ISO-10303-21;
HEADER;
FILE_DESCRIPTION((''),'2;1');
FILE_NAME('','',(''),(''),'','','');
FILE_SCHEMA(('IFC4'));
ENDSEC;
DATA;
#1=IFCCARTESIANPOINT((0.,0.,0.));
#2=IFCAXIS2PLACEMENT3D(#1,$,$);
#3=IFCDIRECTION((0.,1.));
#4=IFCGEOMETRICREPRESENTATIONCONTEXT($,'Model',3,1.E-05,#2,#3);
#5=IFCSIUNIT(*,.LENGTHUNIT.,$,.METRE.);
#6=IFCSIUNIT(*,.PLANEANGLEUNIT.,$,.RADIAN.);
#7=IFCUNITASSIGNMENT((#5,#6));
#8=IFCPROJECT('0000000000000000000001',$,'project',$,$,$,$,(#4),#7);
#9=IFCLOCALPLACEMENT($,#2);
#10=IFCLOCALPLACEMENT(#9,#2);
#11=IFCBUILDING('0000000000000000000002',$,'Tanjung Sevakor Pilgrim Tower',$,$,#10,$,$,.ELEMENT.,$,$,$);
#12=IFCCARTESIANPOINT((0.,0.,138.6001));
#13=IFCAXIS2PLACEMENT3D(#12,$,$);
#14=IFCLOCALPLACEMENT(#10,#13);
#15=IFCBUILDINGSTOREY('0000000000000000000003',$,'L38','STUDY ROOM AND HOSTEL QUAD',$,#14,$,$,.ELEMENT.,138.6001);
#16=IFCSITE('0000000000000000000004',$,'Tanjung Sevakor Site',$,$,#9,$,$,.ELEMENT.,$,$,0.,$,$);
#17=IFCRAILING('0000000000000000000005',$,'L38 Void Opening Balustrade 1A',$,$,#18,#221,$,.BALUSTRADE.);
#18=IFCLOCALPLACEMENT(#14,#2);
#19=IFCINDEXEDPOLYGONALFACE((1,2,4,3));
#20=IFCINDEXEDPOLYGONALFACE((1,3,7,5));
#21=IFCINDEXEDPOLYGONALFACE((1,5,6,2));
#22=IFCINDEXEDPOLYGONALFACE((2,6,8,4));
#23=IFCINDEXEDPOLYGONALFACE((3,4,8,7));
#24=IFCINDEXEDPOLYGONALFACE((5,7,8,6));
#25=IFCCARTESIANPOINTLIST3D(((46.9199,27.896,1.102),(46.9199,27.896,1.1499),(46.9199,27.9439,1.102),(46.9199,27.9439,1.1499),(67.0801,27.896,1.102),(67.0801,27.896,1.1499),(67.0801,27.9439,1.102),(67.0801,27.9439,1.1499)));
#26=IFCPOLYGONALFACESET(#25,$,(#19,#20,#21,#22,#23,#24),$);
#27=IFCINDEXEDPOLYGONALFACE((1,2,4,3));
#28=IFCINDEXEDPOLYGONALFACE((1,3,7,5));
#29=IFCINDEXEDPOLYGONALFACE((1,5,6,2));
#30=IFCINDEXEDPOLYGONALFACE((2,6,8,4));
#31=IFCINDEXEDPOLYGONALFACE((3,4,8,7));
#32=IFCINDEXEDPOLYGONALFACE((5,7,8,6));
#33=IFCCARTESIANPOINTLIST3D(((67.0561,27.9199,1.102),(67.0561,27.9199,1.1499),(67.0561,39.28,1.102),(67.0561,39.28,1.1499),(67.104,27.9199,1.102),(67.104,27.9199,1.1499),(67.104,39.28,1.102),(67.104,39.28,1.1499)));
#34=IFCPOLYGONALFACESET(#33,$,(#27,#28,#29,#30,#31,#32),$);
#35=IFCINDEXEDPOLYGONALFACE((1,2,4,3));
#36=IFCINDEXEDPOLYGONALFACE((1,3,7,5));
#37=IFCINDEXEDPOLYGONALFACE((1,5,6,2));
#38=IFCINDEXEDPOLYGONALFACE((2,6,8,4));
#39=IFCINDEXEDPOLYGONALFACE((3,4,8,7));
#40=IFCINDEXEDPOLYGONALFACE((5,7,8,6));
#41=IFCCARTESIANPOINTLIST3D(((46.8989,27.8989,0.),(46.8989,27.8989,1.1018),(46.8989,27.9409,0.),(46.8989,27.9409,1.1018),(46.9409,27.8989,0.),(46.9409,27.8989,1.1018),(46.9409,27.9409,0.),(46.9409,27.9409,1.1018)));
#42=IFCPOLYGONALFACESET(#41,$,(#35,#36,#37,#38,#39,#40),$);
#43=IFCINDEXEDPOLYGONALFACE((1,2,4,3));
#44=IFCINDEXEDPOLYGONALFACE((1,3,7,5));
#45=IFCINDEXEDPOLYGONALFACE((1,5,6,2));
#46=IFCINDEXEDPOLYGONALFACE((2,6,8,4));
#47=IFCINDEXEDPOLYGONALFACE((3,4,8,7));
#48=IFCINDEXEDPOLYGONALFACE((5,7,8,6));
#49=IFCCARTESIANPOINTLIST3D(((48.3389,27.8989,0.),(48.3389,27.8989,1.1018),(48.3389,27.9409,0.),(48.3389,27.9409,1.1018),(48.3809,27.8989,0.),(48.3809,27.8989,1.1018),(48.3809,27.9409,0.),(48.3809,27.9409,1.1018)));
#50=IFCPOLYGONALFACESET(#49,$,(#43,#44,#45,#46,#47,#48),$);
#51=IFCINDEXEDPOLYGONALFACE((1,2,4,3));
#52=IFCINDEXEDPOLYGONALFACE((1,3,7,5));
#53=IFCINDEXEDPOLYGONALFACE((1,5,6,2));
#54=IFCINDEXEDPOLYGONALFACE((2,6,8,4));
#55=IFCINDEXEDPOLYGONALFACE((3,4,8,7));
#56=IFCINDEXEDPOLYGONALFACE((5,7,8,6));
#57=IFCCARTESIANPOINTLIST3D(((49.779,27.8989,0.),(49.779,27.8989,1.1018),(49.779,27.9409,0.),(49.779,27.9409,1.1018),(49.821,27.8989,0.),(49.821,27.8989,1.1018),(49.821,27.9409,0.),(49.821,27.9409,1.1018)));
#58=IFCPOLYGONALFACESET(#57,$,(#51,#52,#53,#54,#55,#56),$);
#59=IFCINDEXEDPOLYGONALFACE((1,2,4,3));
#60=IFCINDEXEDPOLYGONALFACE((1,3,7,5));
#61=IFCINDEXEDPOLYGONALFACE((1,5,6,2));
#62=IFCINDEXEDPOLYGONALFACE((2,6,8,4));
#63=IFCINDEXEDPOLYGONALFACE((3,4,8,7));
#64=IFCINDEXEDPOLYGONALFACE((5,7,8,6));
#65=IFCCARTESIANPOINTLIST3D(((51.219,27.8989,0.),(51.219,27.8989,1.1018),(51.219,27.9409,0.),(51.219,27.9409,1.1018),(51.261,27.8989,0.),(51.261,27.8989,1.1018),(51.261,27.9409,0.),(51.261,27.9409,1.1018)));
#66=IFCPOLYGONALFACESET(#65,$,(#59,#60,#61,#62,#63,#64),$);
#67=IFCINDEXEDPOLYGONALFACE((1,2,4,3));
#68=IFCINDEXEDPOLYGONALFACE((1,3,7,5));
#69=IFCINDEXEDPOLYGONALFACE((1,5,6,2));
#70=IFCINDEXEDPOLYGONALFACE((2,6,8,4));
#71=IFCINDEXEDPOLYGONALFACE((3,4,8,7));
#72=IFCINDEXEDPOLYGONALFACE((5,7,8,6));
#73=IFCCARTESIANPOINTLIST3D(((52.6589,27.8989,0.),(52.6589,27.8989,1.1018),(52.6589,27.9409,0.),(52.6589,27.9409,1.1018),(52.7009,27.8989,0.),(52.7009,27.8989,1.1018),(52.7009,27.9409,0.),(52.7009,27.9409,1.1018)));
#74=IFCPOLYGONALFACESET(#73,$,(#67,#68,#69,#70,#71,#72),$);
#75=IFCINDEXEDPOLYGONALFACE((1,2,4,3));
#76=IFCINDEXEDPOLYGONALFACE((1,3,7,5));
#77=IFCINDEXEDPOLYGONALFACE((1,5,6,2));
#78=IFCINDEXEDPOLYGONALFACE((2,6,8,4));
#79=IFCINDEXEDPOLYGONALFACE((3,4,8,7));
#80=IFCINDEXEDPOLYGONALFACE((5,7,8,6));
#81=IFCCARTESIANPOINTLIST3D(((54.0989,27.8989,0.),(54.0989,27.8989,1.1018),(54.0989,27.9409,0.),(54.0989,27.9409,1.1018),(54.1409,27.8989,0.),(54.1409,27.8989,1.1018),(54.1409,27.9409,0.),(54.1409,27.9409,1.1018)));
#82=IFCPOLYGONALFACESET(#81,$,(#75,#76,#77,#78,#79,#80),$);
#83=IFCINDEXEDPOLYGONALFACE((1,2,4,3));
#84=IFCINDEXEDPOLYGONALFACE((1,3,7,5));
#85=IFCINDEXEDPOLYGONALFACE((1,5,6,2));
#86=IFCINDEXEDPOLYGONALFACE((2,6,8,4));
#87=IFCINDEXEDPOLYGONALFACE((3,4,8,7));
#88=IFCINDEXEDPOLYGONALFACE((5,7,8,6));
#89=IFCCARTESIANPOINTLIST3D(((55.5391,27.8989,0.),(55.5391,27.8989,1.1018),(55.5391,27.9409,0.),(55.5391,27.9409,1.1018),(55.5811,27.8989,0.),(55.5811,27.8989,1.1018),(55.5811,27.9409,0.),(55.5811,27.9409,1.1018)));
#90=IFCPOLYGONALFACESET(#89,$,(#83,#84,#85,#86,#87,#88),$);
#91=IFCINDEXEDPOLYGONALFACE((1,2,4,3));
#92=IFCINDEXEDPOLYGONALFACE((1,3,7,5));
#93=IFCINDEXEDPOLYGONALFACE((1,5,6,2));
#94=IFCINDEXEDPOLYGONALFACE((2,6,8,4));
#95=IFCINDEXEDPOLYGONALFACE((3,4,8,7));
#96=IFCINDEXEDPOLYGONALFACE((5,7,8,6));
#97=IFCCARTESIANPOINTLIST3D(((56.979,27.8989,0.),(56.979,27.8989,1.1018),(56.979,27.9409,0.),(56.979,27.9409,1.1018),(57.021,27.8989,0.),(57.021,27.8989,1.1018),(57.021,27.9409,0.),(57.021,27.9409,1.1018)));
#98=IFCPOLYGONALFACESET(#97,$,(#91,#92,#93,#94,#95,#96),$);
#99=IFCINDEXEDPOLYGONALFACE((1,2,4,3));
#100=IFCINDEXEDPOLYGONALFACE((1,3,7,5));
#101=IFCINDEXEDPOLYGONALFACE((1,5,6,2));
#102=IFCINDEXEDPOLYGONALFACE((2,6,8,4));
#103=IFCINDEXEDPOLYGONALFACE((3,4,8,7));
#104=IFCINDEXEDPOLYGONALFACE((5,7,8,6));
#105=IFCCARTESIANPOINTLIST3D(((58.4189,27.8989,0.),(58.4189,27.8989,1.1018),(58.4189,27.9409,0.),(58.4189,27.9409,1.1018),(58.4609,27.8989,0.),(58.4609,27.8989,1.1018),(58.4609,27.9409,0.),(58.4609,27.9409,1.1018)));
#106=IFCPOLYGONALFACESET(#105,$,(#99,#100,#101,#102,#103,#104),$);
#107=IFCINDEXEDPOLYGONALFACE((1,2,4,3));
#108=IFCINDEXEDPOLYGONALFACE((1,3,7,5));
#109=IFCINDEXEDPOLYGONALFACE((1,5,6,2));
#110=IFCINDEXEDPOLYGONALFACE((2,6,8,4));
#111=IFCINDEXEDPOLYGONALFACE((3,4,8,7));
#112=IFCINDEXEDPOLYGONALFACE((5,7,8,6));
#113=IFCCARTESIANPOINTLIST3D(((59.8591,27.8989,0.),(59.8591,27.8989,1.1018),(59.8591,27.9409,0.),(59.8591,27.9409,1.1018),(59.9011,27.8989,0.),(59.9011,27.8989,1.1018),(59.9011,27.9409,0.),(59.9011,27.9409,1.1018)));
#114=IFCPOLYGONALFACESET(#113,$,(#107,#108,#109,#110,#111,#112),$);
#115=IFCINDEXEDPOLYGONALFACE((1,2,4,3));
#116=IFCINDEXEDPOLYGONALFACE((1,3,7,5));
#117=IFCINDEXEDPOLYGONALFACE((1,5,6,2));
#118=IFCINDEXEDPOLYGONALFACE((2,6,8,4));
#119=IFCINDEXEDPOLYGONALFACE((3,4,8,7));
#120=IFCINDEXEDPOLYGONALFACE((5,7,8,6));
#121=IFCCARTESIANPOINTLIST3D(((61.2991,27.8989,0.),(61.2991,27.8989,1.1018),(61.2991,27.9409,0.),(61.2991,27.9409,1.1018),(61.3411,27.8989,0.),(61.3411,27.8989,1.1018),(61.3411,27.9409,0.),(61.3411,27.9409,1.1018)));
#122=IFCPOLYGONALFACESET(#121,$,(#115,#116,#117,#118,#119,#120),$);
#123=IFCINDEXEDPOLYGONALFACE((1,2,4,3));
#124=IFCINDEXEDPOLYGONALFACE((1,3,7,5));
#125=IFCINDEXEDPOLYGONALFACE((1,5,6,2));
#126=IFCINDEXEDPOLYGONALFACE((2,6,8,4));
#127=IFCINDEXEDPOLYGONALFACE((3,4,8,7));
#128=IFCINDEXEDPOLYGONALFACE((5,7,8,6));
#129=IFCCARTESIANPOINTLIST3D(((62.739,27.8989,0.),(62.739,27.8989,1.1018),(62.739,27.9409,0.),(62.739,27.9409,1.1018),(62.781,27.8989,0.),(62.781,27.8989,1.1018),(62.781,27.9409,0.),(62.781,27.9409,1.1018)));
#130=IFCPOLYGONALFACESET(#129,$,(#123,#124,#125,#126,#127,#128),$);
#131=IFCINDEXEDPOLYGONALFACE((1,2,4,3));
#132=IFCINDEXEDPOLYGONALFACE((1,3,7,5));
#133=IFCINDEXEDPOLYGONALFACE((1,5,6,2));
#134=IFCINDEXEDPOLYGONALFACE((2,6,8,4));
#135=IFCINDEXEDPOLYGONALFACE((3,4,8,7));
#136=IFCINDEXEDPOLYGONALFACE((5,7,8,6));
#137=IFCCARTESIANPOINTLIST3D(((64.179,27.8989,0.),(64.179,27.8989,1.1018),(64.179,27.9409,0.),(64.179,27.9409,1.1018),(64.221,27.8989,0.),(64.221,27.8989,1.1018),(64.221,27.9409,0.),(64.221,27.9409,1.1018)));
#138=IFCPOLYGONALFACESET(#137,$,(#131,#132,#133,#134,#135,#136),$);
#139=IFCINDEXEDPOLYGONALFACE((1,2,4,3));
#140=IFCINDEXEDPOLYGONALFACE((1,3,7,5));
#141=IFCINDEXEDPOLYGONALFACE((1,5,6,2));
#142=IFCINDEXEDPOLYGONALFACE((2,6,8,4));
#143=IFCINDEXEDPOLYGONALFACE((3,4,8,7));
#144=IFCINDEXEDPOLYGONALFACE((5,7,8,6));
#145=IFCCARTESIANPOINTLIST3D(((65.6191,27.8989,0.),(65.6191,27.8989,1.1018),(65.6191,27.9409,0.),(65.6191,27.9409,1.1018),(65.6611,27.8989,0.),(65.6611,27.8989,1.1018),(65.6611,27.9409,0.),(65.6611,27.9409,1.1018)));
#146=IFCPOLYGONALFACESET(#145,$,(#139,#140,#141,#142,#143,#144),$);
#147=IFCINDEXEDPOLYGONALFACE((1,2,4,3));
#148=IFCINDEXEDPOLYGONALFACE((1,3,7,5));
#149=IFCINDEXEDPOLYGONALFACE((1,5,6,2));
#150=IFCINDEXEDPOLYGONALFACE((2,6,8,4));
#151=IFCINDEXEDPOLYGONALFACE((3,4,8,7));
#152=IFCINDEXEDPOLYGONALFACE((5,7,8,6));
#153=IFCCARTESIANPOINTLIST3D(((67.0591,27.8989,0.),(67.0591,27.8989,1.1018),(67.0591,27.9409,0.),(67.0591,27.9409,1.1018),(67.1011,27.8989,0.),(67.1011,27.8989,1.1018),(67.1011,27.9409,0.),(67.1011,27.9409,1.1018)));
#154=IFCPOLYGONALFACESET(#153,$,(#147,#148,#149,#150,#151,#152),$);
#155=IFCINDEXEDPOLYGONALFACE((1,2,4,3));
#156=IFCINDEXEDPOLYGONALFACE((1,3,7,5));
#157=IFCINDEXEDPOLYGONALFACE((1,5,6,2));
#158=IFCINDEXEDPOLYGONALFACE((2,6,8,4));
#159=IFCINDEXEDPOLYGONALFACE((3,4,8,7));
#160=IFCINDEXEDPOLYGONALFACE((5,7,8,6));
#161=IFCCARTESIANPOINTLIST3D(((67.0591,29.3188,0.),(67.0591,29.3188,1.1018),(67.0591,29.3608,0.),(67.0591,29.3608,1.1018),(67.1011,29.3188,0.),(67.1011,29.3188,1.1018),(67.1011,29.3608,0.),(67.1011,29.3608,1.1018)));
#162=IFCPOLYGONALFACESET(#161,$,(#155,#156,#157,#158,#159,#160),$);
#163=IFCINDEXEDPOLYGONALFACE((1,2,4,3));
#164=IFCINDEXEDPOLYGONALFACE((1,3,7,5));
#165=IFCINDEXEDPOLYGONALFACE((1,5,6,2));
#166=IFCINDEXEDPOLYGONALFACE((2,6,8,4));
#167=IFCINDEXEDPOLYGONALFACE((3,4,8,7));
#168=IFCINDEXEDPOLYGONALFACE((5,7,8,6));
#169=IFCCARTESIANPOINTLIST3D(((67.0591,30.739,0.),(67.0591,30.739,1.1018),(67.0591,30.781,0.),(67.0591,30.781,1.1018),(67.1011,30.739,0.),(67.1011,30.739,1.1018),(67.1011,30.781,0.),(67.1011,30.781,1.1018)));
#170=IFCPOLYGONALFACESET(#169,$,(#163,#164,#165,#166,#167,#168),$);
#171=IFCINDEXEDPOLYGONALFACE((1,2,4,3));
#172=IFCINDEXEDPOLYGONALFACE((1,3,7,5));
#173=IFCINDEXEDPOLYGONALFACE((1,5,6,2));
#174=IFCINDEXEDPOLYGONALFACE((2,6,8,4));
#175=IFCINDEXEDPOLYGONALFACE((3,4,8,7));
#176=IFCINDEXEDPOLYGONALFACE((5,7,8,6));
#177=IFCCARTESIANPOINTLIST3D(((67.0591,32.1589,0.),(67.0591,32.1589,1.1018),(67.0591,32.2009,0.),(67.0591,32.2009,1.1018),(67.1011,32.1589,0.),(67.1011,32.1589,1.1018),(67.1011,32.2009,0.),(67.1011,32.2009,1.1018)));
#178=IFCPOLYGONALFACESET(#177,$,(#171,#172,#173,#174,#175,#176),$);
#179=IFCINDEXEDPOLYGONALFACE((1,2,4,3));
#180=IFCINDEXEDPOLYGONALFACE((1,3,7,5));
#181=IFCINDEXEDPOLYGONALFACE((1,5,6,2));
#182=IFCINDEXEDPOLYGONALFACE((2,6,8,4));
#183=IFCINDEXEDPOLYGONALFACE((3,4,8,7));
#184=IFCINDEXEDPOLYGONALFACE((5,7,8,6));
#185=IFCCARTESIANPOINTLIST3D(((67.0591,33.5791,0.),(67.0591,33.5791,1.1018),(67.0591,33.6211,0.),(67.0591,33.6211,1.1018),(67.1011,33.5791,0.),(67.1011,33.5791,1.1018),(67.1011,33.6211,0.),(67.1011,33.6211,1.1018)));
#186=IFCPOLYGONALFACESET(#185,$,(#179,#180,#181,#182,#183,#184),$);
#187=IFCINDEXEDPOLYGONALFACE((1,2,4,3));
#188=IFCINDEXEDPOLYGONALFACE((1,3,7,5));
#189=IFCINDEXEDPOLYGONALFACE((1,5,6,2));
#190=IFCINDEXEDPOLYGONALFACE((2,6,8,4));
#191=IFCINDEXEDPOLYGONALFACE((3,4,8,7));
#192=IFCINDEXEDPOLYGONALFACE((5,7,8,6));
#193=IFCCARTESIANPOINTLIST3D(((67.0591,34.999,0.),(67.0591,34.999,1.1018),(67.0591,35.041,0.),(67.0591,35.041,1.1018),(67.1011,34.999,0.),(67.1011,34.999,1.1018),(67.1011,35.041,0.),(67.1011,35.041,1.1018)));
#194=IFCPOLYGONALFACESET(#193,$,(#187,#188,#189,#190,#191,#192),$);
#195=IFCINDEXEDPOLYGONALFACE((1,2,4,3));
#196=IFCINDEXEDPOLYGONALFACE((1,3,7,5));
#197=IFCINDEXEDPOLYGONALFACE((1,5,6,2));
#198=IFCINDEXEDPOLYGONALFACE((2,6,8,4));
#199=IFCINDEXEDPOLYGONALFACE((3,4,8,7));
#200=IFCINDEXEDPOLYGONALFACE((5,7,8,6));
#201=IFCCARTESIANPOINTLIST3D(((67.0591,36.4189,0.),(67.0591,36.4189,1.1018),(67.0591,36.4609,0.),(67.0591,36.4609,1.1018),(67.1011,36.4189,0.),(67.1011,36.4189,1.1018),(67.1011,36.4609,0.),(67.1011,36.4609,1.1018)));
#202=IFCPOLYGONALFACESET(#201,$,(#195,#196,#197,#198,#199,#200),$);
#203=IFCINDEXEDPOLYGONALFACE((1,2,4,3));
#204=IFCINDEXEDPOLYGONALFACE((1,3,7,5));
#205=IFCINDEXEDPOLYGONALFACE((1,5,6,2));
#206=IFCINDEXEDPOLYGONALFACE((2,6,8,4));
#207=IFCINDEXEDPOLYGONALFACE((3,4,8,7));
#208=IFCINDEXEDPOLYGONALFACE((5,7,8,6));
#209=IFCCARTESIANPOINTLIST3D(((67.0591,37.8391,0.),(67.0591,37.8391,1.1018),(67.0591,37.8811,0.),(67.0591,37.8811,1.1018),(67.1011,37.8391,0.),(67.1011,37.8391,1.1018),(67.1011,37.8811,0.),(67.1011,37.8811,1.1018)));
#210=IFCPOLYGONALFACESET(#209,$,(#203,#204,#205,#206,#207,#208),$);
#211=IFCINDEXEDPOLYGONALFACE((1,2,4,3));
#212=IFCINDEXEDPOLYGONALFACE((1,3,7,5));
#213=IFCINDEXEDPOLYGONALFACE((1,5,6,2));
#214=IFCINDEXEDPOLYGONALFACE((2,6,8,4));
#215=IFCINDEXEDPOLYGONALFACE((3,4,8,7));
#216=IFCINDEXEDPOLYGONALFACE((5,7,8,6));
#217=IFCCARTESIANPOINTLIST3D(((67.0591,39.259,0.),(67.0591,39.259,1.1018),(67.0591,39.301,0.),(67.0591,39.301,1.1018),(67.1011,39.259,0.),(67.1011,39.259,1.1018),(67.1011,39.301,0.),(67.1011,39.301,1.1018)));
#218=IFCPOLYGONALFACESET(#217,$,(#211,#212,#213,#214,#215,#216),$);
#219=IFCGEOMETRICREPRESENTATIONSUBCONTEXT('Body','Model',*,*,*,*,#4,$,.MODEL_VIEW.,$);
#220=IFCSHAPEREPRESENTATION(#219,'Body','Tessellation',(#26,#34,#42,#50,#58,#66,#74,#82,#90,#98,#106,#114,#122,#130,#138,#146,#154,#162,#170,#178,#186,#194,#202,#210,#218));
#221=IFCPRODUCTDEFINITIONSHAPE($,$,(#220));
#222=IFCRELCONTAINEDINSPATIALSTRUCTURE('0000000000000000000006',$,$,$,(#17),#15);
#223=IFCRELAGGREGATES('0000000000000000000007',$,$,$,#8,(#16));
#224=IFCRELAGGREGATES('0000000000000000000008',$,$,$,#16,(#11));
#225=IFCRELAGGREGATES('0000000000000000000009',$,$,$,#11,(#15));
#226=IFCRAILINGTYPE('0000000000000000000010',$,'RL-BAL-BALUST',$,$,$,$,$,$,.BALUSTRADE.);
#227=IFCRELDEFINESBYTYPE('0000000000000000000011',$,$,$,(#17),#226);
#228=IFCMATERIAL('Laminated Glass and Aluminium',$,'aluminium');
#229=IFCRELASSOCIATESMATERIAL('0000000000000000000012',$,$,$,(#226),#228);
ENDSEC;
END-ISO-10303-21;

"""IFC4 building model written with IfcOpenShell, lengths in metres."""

from ifc_helpers import new_model, si_unit, direction, frame, origin, place, context, subcontext, project, spatial, rectangle, extrude, material, type_object, element, save


model = new_model("IFC4")

# Units and contexts
model_context = context("Model", 3, precision=1e-05, world=origin(), true_north=direction((0.0, 1.0)))
body_context = subcontext(model_context, "Body", "Model", "MODEL_VIEW")
ifc_project = project(units=[si_unit("LENGTHUNIT", "METRE"), si_unit("PLANEANGLEUNIT", "RADIAN")], contexts=[model_context])

# Site, building, storey
site_placement = place(None, origin())
site = spatial("IfcSite", under=ifc_project, at=site_placement, Name="Tanjung Sevakor Site", CompositionType="ELEMENT", RefElevation=0.0)
building_placement = place(site_placement, origin())
building = spatial("IfcBuilding", under=site, at=building_placement, Name="Tanjung Sevakor Pilgrim Tower", CompositionType="ELEMENT")
storey_placement = place(building_placement, frame((0.0, 0.0, 138.6001)))
storey = spatial("IfcBuildingStorey", under=building, at=storey_placement, Name="L38", Description="STUDY ROOM AND HOSTEL QUAD", CompositionType="ELEMENT", Elevation=138.6001)

# Railing
ifc_material_1 = material(Name="Laminated Glass and Aluminium", Category="aluminium")
railing_type = type_object("IfcRailingType", Name="RL-BAL-BALUST", PredefinedType="BALUSTRADE", material=ifc_material_1)
railing_placement = place(storey_placement, frame((46.9199, 27.9199, 0.0)))
element("IfcRailing", 1, at=railing_placement, inside=storey, type_object=railing_type, Name="L38 Void Opening Balustrade 1A", PredefinedType="BALUSTRADE", context=body_context, shape_type="SweptSolid", body=[
    extrude(rectangle(XDim=0.0479, YDim=0.0479), frame((0.0, 0.0, 1.126), z_axis=(1.0, 0.0, 0.0), x_axis=(0.0, 1.0, 0.0)), (0.0, 0.0, 1.0), 20.1602),
    extrude(rectangle(XDim=0.0479, YDim=0.0479), frame((20.1602, 0.0, 1.126), z_axis=(0.0, 1.0, 0.0), x_axis=(-1.0, 0.0, 0.0)), (0.0, 0.0, 1.0), 11.3601),
    extrude(rectangle(XDim=0.042, YDim=0.042), origin(), (0.0, 0.0, 1.0), 1.1018),
    extrude(rectangle(XDim=0.042, YDim=0.042), frame((1.4399, 0.0, 0.0)), (0.0, 0.0, 1.0), 1.1018),
    extrude(rectangle(XDim=0.042, YDim=0.042), frame((2.8801, 0.0, 0.0)), (0.0, 0.0, 1.0), 1.1018),
    extrude(rectangle(XDim=0.042, YDim=0.042), frame((4.3201, 0.0, 0.0)), (0.0, 0.0, 1.0), 1.1018),
    extrude(rectangle(XDim=0.042, YDim=0.042), frame((5.76, 0.0, 0.0)), (0.0, 0.0, 1.0), 1.1018),
    extrude(rectangle(XDim=0.042, YDim=0.042), frame((7.2, 0.0, 0.0)), (0.0, 0.0, 1.0), 1.1018),
    extrude(rectangle(XDim=0.042, YDim=0.042), frame((8.6401, 0.0, 0.0)), (0.0, 0.0, 1.0), 1.1018),
    extrude(rectangle(XDim=0.042, YDim=0.042), frame((10.0801, 0.0, 0.0)), (0.0, 0.0, 1.0), 1.1018),
    extrude(rectangle(XDim=0.042, YDim=0.042), frame((11.52, 0.0, 0.0)), (0.0, 0.0, 1.0), 1.1018),
    extrude(rectangle(XDim=0.042, YDim=0.042), frame((12.9602, 0.0, 0.0)), (0.0, 0.0, 1.0), 1.1018),
    extrude(rectangle(XDim=0.042, YDim=0.042), frame((14.4001, 0.0, 0.0)), (0.0, 0.0, 1.0), 1.1018),
    extrude(rectangle(XDim=0.042, YDim=0.042), frame((15.8401, 0.0, 0.0)), (0.0, 0.0, 1.0), 1.1018),
    extrude(rectangle(XDim=0.042, YDim=0.042), frame((17.28, 0.0, 0.0)), (0.0, 0.0, 1.0), 1.1018),
    extrude(rectangle(XDim=0.042, YDim=0.042), frame((18.7202, 0.0, 0.0)), (0.0, 0.0, 1.0), 1.1018),
    extrude(rectangle(XDim=0.042, YDim=0.042), frame((20.1602, 0.0, 0.0)), (0.0, 0.0, 1.0), 1.1018),
    extrude(rectangle(XDim=0.042, YDim=0.042), frame((20.1602, 1.4199, 0.0)), (0.0, 0.0, 1.0), 1.1018),
    extrude(rectangle(XDim=0.042, YDim=0.042), frame((20.1602, 2.8401, 0.0)), (0.0, 0.0, 1.0), 1.1018),
    extrude(rectangle(XDim=0.042, YDim=0.042), frame((20.1602, 4.26, 0.0)), (0.0, 0.0, 1.0), 1.1018),
    extrude(rectangle(XDim=0.042, YDim=0.042), frame((20.1602, 5.6802, 0.0)), (0.0, 0.0, 1.0), 1.1018),
    extrude(rectangle(XDim=0.042, YDim=0.042), frame((20.1602, 7.1001, 0.0)), (0.0, 0.0, 1.0), 1.1018),
    extrude(rectangle(XDim=0.042, YDim=0.042), frame((20.1602, 8.52, 0.0)), (0.0, 0.0, 1.0), 1.1018),
    extrude(rectangle(XDim=0.042, YDim=0.042), frame((20.1602, 9.9402, 0.0)), (0.0, 0.0, 1.0), 1.1018),
    extrude(rectangle(XDim=0.042, YDim=0.042), frame((20.1602, 11.3601, 0.0)), (0.0, 0.0, 1.0), 1.1018),
])

save(model, "model.ifc")
